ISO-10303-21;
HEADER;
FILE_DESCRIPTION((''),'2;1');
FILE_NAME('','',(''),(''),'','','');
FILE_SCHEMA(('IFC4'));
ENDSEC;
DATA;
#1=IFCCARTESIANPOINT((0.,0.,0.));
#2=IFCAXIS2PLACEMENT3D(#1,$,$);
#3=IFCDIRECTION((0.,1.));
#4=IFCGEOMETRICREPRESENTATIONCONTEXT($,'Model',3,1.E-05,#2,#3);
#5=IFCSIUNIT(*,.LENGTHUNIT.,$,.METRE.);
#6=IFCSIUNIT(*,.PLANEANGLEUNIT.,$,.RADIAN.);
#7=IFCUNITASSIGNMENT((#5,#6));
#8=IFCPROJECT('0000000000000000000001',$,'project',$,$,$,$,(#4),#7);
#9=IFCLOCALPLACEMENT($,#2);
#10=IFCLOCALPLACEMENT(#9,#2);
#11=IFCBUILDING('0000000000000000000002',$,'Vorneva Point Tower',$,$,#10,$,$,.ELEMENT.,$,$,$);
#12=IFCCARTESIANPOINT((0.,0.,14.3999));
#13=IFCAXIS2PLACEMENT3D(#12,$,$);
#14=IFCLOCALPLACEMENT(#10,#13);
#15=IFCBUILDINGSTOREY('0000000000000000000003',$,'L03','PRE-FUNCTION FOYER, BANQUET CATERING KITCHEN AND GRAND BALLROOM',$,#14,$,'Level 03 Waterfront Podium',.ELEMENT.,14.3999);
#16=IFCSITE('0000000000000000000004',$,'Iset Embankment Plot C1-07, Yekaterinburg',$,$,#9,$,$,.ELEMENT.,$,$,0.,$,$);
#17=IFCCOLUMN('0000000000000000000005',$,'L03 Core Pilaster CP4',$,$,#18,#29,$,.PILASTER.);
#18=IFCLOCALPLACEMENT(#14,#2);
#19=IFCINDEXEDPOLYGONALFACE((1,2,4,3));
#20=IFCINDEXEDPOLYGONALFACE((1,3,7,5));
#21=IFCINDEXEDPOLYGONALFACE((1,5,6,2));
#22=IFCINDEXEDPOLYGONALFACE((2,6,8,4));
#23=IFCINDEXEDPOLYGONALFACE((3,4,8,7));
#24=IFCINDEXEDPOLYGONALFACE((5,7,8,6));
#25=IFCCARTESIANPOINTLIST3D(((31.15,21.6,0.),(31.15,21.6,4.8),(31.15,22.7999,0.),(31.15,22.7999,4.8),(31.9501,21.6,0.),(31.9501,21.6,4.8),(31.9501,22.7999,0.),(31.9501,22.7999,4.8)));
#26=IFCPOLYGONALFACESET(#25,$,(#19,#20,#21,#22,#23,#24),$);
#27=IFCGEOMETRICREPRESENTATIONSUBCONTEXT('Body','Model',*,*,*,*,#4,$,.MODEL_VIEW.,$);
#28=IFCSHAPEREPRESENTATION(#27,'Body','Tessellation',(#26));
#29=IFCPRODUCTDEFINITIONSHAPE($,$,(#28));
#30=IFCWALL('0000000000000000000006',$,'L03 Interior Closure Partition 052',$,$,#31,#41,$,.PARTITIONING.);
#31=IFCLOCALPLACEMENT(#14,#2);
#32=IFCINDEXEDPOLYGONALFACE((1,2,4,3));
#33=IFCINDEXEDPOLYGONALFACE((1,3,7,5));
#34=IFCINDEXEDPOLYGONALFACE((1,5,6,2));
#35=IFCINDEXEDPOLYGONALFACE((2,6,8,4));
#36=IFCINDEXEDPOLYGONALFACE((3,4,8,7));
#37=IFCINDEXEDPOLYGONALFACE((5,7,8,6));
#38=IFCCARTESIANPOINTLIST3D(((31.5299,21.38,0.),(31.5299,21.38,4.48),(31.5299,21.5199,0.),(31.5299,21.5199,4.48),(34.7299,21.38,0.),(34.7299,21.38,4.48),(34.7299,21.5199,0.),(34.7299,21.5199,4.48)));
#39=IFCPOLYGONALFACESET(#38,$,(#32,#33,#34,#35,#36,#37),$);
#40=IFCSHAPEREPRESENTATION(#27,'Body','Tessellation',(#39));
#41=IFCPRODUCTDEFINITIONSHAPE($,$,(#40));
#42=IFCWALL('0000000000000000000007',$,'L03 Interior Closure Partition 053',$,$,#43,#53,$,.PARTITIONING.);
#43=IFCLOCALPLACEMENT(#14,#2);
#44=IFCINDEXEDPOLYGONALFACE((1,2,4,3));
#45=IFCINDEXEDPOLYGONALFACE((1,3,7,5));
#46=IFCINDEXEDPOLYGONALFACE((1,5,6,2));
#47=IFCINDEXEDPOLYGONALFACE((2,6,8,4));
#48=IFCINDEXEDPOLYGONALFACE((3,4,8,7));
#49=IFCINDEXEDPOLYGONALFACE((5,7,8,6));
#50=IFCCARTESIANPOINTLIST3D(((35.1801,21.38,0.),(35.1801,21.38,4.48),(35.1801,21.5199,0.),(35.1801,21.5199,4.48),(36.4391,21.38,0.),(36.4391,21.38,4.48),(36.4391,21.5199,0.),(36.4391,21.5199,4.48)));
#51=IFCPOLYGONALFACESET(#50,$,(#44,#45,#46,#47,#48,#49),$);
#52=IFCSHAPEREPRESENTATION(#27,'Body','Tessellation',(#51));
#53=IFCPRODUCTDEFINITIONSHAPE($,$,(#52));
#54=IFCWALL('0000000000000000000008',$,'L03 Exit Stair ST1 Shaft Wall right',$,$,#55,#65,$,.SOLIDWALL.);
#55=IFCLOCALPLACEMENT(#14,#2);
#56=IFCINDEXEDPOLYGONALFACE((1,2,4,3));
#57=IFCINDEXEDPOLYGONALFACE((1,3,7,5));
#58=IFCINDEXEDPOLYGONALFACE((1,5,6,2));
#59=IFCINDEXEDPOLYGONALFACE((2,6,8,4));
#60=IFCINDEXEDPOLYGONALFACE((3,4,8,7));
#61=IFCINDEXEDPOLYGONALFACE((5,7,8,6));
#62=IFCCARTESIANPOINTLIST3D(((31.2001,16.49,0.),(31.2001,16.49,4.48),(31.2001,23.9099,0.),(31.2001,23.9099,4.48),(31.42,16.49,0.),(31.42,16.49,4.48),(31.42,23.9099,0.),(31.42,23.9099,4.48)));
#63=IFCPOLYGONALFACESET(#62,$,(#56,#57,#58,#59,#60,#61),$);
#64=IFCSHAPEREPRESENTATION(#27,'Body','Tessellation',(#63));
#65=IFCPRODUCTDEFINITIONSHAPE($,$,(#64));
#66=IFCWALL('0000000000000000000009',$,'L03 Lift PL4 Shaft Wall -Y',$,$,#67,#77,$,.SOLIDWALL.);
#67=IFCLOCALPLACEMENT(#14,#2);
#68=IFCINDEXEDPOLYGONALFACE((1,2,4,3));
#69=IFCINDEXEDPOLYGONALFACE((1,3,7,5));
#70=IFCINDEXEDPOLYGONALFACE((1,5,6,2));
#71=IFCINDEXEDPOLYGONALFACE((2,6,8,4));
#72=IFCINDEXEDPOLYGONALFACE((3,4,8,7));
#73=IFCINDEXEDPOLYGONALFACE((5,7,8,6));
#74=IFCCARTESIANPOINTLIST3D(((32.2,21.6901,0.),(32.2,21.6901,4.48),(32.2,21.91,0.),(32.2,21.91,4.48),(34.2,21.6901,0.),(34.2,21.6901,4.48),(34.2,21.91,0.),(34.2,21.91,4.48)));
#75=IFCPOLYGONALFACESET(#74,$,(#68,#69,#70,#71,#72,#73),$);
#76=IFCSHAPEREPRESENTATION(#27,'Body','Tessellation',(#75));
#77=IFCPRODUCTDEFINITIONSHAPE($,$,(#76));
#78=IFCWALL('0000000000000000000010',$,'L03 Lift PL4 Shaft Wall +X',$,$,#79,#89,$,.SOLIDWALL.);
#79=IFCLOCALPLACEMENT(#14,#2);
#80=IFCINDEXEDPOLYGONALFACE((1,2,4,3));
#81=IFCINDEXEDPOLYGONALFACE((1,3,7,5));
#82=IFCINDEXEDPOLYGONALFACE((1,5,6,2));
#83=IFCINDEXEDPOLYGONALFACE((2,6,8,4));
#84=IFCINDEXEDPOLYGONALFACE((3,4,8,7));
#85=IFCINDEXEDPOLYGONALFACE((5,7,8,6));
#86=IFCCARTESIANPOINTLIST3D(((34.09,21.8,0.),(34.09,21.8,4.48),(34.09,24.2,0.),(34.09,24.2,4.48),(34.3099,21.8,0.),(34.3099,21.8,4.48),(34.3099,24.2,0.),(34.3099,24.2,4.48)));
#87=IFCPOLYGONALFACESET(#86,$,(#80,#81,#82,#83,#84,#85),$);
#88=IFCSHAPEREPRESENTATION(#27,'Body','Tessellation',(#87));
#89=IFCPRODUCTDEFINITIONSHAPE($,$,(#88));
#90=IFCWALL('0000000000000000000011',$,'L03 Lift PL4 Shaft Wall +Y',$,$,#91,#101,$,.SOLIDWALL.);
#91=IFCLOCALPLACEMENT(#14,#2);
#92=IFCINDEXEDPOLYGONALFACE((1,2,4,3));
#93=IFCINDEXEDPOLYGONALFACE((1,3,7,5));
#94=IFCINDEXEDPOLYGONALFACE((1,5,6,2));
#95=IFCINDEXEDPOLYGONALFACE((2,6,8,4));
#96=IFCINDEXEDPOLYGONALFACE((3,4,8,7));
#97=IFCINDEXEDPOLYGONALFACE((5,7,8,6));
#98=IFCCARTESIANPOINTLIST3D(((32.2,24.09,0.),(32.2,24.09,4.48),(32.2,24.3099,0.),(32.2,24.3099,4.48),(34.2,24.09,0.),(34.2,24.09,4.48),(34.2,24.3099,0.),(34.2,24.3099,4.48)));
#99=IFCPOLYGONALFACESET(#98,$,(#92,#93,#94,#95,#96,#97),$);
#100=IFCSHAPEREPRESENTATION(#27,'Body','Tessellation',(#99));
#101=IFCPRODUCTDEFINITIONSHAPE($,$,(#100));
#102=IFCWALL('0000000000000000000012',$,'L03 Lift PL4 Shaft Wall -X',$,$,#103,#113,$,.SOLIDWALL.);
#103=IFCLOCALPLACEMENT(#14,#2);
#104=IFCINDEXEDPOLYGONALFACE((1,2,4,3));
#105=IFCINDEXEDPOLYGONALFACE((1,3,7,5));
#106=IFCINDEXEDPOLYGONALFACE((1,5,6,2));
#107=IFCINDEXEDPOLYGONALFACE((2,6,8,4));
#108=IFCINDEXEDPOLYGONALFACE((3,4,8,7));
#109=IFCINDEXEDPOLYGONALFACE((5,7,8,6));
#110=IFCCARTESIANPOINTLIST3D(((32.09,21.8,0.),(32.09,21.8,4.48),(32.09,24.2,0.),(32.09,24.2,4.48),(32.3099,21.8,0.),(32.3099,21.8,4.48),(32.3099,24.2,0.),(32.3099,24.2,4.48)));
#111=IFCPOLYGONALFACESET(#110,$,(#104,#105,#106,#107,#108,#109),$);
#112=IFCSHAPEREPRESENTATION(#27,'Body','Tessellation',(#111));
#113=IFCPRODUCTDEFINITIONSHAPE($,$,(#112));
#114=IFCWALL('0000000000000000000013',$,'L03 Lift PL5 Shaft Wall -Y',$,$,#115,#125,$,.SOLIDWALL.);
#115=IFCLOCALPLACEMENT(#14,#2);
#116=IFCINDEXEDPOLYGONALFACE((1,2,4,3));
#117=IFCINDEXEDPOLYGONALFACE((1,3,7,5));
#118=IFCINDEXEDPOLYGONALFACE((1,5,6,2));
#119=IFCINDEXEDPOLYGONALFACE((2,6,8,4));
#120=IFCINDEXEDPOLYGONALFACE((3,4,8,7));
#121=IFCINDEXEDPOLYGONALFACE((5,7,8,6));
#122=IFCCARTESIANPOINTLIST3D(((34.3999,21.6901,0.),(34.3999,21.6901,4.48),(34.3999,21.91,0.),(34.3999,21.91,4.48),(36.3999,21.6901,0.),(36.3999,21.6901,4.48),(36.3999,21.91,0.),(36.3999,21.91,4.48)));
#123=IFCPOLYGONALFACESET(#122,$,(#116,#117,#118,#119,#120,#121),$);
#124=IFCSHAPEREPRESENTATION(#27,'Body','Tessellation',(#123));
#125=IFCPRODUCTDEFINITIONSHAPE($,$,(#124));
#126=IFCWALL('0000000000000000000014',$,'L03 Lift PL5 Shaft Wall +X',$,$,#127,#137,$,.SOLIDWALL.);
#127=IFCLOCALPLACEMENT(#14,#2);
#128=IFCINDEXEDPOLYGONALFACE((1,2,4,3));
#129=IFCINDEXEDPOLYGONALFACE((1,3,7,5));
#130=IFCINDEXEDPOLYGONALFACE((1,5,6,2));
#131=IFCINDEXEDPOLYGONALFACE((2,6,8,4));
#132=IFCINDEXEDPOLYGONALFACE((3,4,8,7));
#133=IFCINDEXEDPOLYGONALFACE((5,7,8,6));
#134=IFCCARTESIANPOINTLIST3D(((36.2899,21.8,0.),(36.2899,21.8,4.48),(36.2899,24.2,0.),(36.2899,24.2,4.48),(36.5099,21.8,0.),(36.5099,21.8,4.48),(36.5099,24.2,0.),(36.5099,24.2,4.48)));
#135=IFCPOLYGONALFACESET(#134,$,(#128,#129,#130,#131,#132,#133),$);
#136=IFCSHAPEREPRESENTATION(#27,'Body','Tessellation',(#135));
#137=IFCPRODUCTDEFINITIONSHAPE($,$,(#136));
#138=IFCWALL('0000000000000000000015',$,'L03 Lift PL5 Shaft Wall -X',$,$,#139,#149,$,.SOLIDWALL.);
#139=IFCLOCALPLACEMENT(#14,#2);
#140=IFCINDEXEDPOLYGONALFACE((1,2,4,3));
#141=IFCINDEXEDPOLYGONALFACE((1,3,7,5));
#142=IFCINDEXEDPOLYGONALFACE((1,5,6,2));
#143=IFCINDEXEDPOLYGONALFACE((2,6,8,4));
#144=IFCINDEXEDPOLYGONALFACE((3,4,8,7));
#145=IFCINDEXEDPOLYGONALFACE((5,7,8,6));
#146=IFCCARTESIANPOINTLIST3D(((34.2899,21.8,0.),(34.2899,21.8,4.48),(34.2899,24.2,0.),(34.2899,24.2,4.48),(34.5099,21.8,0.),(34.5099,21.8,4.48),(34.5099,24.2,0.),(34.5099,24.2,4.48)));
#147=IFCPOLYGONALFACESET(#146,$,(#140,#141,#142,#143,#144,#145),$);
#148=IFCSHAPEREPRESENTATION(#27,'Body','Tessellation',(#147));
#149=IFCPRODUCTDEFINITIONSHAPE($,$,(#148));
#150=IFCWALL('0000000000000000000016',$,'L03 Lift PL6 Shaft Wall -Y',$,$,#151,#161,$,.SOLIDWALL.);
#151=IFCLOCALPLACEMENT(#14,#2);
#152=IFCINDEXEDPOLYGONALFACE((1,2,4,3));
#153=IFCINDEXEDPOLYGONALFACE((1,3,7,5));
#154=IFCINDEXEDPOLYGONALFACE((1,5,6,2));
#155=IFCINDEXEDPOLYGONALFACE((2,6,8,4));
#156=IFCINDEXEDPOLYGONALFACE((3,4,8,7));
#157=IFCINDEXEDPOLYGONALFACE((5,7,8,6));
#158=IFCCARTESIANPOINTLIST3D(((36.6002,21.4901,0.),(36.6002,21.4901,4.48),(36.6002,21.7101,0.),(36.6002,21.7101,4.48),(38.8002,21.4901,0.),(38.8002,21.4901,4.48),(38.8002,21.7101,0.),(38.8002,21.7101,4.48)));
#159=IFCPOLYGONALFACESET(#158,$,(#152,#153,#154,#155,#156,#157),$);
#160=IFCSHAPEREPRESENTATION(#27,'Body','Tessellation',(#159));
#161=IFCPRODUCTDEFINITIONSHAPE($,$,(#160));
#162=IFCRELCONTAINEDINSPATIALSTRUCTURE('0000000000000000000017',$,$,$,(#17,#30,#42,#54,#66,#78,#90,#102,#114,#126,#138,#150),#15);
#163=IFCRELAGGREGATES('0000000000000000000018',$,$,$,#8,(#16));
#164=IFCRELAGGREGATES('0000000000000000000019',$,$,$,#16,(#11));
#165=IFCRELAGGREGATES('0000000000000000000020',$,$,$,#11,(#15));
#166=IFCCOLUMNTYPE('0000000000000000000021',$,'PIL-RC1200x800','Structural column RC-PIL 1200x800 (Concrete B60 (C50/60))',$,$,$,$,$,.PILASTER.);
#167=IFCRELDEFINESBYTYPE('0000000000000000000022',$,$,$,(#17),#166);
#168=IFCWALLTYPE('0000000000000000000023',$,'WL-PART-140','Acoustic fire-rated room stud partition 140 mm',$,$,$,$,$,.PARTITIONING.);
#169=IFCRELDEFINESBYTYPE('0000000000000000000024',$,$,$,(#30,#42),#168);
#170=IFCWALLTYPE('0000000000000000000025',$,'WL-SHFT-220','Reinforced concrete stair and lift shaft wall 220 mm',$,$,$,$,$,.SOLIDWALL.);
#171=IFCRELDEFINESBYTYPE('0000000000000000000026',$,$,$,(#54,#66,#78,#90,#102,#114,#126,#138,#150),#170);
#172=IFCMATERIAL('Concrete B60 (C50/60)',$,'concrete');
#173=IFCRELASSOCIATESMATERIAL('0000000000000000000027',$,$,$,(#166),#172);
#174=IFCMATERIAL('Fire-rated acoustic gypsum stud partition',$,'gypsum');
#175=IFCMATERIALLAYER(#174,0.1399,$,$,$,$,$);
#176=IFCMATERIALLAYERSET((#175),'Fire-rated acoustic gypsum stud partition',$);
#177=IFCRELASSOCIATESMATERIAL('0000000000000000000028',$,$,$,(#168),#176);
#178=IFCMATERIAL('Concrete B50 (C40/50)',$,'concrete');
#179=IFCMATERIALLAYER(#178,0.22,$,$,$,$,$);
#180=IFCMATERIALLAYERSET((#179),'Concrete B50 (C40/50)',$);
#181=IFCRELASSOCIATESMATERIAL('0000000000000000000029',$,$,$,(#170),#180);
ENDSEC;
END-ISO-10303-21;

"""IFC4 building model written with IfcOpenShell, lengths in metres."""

from ifc_helpers import new_model, si_unit, direction, frame, frame_2d, origin, origin_2d, place, context, subcontext, project, spatial, rectangle, extrude, material, layer, layer_set, material_profile, profile_set, type_object, element, save


model = new_model("IFC4")

# Units and contexts
model_context = context("Model", 3, precision=1e-05, world=origin(), true_north=direction((0.0, 1.0)))
body_context = subcontext(model_context, "Body", "Model", "MODEL_VIEW")
ifc_project = project(units=[si_unit("LENGTHUNIT", "METRE"), si_unit("PLANEANGLEUNIT", "RADIAN")], contexts=[model_context])

# Site, building, storey
site_placement = place(None, origin())
site = spatial("IfcSite", under=ifc_project, at=site_placement, Name="Iset Embankment Plot C1-07, Yekaterinburg", CompositionType="ELEMENT", RefElevation=0.0)
building_placement = place(site_placement, origin())
building = spatial("IfcBuilding", under=site, at=building_placement, Name="Vorneva Point Tower", CompositionType="ELEMENT")
storey_placement = place(building_placement, frame((0.0, 0.0, 14.3999)))
storey = spatial("IfcBuildingStorey", under=building, at=storey_placement, Name="L03", Description="PRE-FUNCTION FOYER, BANQUET CATERING KITCHEN AND GRAND BALLROOM", LongName="Level 03 Waterfront Podium", CompositionType="ELEMENT", Elevation=14.3999)

# Column
ifc_material_1 = material(Name="Concrete B60 (C50/60)", Category="concrete")
ifc_material_profile = material_profile(ifc_material_1, rectangle(XDim=0.8, YDim=1.2, at=origin_2d()), Name="RC-PIL 1200x800")
ifc_profile_set = profile_set([ifc_material_profile], Name="Concrete B60 (C50/60)")
column_type = type_object("IfcColumnType", Name="PIL-RC1200x800", Description="Structural column RC-PIL 1200x800 (Concrete B60 (C50/60))", PredefinedType="PILASTER", material=ifc_profile_set)
column_placement = place(storey_placement, frame((31.55, 22.2, 0.0), z_axis=(0.0, 0.0, 1.0), x_axis=(1.0, 0.0, 0.0)))
element("IfcColumn", 1, at=column_placement, inside=storey, type_object=column_type, Name="L03 Core Pilaster CP4", PredefinedType="PILASTER", context=body_context, shape_type="SweptSolid", body=[
    extrude(rectangle(XDim=0.8, YDim=1.2, at=origin_2d()), origin(), (0.0, 0.0, 1.0), 4.8),
])

# Walls
ifc_material_2 = material(Name="Fire-rated acoustic gypsum stud partition", Category="gypsum")
ifc_layer_1 = layer(ifc_material_2, 0.1399)
ifc_layer_set_1 = layer_set([ifc_layer_1], Name="Fire-rated acoustic gypsum stud partition")
wall_type_1 = type_object("IfcWallType", Name="WL-PART-140", Description="Acoustic fire-rated room stud partition 140 mm", PredefinedType="PARTITIONING", material=ifc_layer_set_1)
wall_1_placement = place(storey_placement, frame((34.73, 21.45, 0.0), z_axis=(0.0, 0.0, 1.0), x_axis=(-1.0, 0.0, 0.0)))
element("IfcWall", 2, at=wall_1_placement, inside=storey, type_object=wall_type_1, Name="L03 Interior Closure Partition 052", PredefinedType="PARTITIONING", context=body_context, shape_type="SweptSolid", body=[
    extrude(rectangle(XDim=3.2, YDim=0.1399, at=frame_2d((1.6001, 0.0))), origin(), (0.0, 0.0, 1.0), 4.48),
])
wall_2_placement = place(storey_placement, frame((36.439, 21.45, 0.0), z_axis=(0.0, 0.0, 1.0), x_axis=(-1.0, 0.0, 0.0)))
element("IfcWall", 3, at=wall_2_placement, inside=storey, type_object=wall_type_1, Name="L03 Interior Closure Partition 053", PredefinedType="PARTITIONING", context=body_context, shape_type="SweptSolid", body=[
    extrude(rectangle(XDim=1.259, YDim=0.1399, at=frame_2d((0.6294, 0.0))), origin(), (0.0, 0.0, 1.0), 4.48),
])

# Shared definitions
ifc_material_3 = material(Name="Concrete B50 (C40/50)", Category="concrete")
ifc_layer_2 = layer(ifc_material_3, 0.22)
ifc_layer_set_2 = layer_set([ifc_layer_2], Name="Concrete B50 (C40/50)")
wall_type_2 = type_object("IfcWallType", Name="WL-SHFT-220", Description="Reinforced concrete stair and lift shaft wall 220 mm", PredefinedType="SOLIDWALL", material=ifc_layer_set_2)

# Walls
wall_3_placement = place(storey_placement, frame((31.3101, 23.9099, 0.0), z_axis=(0.0, 0.0, 1.0), x_axis=(0.0, -1.0, 0.0)))
element("IfcWall", 4, at=wall_3_placement, inside=storey, type_object=wall_type_2, Name="L03 Exit Stair ST1 Shaft Wall right", PredefinedType="SOLIDWALL", context=body_context, shape_type="SweptSolid", body=[
    extrude(rectangle(XDim=7.4199, YDim=0.22, at=frame_2d((3.71, 0.0))), origin(), (0.0, 0.0, 1.0), 4.48),
])
wall_4_placement = place(storey_placement, frame((32.2, 21.8, 0.0), z_axis=(0.0, 0.0, 1.0), x_axis=(1.0, 0.0, 0.0)))
element("IfcWall", 5, at=wall_4_placement, inside=storey, type_object=wall_type_2, Name="L03 Lift PL4 Shaft Wall -Y", PredefinedType="SOLIDWALL", context=body_context, shape_type="SweptSolid", body=[
    extrude(rectangle(XDim=2.0, YDim=0.22, at=frame_2d((1.0, 0.0))), origin(), (0.0, 0.0, 1.0), 4.48),
])
wall_5_placement = place(storey_placement, frame((34.2, 21.8, 0.0), z_axis=(0.0, 0.0, 1.0), x_axis=(0.0, 1.0, 0.0)))
element("IfcWall", 6, at=wall_5_placement, inside=storey, type_object=wall_type_2, Name="L03 Lift PL4 Shaft Wall +X", PredefinedType="SOLIDWALL", context=body_context, shape_type="SweptSolid", body=[
    extrude(rectangle(XDim=2.3999, YDim=0.22, at=frame_2d((1.2, 0.0))), origin(), (0.0, 0.0, 1.0), 4.48),
])
wall_6_placement = place(storey_placement, frame((34.2, 24.2, 0.0), z_axis=(0.0, 0.0, 1.0), x_axis=(-1.0, 0.0, 0.0)))
element("IfcWall", 7, at=wall_6_placement, inside=storey, type_object=wall_type_2, Name="L03 Lift PL4 Shaft Wall +Y", PredefinedType="SOLIDWALL", context=body_context, shape_type="SweptSolid", body=[
    extrude(rectangle(XDim=2.0, YDim=0.22, at=frame_2d((1.0, 0.0))), origin(), (0.0, 0.0, 1.0), 4.48),
])
wall_7_placement = place(storey_placement, frame((32.2, 24.2, 0.0), z_axis=(0.0, 0.0, 1.0), x_axis=(0.0, -1.0, 0.0)))
element("IfcWall", 8, at=wall_7_placement, inside=storey, type_object=wall_type_2, Name="L03 Lift PL4 Shaft Wall -X", PredefinedType="SOLIDWALL", context=body_context, shape_type="SweptSolid", body=[
    extrude(rectangle(XDim=2.3999, YDim=0.22, at=frame_2d((1.2, 0.0))), origin(), (0.0, 0.0, 1.0), 4.48),
])
wall_8_placement = place(storey_placement, frame((34.3999, 21.8, 0.0), z_axis=(0.0, 0.0, 1.0), x_axis=(1.0, 0.0, 0.0)))
element("IfcWall", 9, at=wall_8_placement, inside=storey, type_object=wall_type_2, Name="L03 Lift PL5 Shaft Wall -Y", PredefinedType="SOLIDWALL", context=body_context, shape_type="SweptSolid", body=[
    extrude(rectangle(XDim=2.0, YDim=0.22, at=frame_2d((1.0, 0.0))), origin(), (0.0, 0.0, 1.0), 4.48),
])
for number, where, z_axis, x_axis, name in (
    (10, (36.3999, 21.8, 0.0), (0.0, 0.0, 1.0), (0.0, 1.0, 0.0), "L03 Lift PL5 Shaft Wall +X"),
    (11, (34.3999, 24.2, 0.0), (0.0, 0.0, 1.0), (0.0, -1.0, 0.0), "L03 Lift PL5 Shaft Wall -X"),
):
    element("IfcWall", number, at=place(storey_placement, frame(where, z_axis=z_axis, x_axis=x_axis)), inside=storey, type_object=wall_type_2, Name=name, PredefinedType="SOLIDWALL", context=body_context, shape_type="SweptSolid", body=[
        extrude(rectangle(XDim=2.3999, YDim=0.22, at=frame_2d((1.2, 0.0))), origin(), (0.0, 0.0, 1.0), 4.48),
    ])
wall_9_placement = place(storey_placement, frame((36.6001, 21.6001, 0.0), z_axis=(0.0, 0.0, 1.0), x_axis=(1.0, 0.0, 0.0)))
element("IfcWall", 12, at=wall_9_placement, inside=storey, type_object=wall_type_2, Name="L03 Lift PL6 Shaft Wall -Y", PredefinedType="SOLIDWALL", context=body_context, shape_type="SweptSolid", body=[
    extrude(rectangle(XDim=2.2, YDim=0.22, at=frame_2d((1.1001, 0.0))), origin(), (0.0, 0.0, 1.0), 4.48),
])

save(model, "model.ifc")
